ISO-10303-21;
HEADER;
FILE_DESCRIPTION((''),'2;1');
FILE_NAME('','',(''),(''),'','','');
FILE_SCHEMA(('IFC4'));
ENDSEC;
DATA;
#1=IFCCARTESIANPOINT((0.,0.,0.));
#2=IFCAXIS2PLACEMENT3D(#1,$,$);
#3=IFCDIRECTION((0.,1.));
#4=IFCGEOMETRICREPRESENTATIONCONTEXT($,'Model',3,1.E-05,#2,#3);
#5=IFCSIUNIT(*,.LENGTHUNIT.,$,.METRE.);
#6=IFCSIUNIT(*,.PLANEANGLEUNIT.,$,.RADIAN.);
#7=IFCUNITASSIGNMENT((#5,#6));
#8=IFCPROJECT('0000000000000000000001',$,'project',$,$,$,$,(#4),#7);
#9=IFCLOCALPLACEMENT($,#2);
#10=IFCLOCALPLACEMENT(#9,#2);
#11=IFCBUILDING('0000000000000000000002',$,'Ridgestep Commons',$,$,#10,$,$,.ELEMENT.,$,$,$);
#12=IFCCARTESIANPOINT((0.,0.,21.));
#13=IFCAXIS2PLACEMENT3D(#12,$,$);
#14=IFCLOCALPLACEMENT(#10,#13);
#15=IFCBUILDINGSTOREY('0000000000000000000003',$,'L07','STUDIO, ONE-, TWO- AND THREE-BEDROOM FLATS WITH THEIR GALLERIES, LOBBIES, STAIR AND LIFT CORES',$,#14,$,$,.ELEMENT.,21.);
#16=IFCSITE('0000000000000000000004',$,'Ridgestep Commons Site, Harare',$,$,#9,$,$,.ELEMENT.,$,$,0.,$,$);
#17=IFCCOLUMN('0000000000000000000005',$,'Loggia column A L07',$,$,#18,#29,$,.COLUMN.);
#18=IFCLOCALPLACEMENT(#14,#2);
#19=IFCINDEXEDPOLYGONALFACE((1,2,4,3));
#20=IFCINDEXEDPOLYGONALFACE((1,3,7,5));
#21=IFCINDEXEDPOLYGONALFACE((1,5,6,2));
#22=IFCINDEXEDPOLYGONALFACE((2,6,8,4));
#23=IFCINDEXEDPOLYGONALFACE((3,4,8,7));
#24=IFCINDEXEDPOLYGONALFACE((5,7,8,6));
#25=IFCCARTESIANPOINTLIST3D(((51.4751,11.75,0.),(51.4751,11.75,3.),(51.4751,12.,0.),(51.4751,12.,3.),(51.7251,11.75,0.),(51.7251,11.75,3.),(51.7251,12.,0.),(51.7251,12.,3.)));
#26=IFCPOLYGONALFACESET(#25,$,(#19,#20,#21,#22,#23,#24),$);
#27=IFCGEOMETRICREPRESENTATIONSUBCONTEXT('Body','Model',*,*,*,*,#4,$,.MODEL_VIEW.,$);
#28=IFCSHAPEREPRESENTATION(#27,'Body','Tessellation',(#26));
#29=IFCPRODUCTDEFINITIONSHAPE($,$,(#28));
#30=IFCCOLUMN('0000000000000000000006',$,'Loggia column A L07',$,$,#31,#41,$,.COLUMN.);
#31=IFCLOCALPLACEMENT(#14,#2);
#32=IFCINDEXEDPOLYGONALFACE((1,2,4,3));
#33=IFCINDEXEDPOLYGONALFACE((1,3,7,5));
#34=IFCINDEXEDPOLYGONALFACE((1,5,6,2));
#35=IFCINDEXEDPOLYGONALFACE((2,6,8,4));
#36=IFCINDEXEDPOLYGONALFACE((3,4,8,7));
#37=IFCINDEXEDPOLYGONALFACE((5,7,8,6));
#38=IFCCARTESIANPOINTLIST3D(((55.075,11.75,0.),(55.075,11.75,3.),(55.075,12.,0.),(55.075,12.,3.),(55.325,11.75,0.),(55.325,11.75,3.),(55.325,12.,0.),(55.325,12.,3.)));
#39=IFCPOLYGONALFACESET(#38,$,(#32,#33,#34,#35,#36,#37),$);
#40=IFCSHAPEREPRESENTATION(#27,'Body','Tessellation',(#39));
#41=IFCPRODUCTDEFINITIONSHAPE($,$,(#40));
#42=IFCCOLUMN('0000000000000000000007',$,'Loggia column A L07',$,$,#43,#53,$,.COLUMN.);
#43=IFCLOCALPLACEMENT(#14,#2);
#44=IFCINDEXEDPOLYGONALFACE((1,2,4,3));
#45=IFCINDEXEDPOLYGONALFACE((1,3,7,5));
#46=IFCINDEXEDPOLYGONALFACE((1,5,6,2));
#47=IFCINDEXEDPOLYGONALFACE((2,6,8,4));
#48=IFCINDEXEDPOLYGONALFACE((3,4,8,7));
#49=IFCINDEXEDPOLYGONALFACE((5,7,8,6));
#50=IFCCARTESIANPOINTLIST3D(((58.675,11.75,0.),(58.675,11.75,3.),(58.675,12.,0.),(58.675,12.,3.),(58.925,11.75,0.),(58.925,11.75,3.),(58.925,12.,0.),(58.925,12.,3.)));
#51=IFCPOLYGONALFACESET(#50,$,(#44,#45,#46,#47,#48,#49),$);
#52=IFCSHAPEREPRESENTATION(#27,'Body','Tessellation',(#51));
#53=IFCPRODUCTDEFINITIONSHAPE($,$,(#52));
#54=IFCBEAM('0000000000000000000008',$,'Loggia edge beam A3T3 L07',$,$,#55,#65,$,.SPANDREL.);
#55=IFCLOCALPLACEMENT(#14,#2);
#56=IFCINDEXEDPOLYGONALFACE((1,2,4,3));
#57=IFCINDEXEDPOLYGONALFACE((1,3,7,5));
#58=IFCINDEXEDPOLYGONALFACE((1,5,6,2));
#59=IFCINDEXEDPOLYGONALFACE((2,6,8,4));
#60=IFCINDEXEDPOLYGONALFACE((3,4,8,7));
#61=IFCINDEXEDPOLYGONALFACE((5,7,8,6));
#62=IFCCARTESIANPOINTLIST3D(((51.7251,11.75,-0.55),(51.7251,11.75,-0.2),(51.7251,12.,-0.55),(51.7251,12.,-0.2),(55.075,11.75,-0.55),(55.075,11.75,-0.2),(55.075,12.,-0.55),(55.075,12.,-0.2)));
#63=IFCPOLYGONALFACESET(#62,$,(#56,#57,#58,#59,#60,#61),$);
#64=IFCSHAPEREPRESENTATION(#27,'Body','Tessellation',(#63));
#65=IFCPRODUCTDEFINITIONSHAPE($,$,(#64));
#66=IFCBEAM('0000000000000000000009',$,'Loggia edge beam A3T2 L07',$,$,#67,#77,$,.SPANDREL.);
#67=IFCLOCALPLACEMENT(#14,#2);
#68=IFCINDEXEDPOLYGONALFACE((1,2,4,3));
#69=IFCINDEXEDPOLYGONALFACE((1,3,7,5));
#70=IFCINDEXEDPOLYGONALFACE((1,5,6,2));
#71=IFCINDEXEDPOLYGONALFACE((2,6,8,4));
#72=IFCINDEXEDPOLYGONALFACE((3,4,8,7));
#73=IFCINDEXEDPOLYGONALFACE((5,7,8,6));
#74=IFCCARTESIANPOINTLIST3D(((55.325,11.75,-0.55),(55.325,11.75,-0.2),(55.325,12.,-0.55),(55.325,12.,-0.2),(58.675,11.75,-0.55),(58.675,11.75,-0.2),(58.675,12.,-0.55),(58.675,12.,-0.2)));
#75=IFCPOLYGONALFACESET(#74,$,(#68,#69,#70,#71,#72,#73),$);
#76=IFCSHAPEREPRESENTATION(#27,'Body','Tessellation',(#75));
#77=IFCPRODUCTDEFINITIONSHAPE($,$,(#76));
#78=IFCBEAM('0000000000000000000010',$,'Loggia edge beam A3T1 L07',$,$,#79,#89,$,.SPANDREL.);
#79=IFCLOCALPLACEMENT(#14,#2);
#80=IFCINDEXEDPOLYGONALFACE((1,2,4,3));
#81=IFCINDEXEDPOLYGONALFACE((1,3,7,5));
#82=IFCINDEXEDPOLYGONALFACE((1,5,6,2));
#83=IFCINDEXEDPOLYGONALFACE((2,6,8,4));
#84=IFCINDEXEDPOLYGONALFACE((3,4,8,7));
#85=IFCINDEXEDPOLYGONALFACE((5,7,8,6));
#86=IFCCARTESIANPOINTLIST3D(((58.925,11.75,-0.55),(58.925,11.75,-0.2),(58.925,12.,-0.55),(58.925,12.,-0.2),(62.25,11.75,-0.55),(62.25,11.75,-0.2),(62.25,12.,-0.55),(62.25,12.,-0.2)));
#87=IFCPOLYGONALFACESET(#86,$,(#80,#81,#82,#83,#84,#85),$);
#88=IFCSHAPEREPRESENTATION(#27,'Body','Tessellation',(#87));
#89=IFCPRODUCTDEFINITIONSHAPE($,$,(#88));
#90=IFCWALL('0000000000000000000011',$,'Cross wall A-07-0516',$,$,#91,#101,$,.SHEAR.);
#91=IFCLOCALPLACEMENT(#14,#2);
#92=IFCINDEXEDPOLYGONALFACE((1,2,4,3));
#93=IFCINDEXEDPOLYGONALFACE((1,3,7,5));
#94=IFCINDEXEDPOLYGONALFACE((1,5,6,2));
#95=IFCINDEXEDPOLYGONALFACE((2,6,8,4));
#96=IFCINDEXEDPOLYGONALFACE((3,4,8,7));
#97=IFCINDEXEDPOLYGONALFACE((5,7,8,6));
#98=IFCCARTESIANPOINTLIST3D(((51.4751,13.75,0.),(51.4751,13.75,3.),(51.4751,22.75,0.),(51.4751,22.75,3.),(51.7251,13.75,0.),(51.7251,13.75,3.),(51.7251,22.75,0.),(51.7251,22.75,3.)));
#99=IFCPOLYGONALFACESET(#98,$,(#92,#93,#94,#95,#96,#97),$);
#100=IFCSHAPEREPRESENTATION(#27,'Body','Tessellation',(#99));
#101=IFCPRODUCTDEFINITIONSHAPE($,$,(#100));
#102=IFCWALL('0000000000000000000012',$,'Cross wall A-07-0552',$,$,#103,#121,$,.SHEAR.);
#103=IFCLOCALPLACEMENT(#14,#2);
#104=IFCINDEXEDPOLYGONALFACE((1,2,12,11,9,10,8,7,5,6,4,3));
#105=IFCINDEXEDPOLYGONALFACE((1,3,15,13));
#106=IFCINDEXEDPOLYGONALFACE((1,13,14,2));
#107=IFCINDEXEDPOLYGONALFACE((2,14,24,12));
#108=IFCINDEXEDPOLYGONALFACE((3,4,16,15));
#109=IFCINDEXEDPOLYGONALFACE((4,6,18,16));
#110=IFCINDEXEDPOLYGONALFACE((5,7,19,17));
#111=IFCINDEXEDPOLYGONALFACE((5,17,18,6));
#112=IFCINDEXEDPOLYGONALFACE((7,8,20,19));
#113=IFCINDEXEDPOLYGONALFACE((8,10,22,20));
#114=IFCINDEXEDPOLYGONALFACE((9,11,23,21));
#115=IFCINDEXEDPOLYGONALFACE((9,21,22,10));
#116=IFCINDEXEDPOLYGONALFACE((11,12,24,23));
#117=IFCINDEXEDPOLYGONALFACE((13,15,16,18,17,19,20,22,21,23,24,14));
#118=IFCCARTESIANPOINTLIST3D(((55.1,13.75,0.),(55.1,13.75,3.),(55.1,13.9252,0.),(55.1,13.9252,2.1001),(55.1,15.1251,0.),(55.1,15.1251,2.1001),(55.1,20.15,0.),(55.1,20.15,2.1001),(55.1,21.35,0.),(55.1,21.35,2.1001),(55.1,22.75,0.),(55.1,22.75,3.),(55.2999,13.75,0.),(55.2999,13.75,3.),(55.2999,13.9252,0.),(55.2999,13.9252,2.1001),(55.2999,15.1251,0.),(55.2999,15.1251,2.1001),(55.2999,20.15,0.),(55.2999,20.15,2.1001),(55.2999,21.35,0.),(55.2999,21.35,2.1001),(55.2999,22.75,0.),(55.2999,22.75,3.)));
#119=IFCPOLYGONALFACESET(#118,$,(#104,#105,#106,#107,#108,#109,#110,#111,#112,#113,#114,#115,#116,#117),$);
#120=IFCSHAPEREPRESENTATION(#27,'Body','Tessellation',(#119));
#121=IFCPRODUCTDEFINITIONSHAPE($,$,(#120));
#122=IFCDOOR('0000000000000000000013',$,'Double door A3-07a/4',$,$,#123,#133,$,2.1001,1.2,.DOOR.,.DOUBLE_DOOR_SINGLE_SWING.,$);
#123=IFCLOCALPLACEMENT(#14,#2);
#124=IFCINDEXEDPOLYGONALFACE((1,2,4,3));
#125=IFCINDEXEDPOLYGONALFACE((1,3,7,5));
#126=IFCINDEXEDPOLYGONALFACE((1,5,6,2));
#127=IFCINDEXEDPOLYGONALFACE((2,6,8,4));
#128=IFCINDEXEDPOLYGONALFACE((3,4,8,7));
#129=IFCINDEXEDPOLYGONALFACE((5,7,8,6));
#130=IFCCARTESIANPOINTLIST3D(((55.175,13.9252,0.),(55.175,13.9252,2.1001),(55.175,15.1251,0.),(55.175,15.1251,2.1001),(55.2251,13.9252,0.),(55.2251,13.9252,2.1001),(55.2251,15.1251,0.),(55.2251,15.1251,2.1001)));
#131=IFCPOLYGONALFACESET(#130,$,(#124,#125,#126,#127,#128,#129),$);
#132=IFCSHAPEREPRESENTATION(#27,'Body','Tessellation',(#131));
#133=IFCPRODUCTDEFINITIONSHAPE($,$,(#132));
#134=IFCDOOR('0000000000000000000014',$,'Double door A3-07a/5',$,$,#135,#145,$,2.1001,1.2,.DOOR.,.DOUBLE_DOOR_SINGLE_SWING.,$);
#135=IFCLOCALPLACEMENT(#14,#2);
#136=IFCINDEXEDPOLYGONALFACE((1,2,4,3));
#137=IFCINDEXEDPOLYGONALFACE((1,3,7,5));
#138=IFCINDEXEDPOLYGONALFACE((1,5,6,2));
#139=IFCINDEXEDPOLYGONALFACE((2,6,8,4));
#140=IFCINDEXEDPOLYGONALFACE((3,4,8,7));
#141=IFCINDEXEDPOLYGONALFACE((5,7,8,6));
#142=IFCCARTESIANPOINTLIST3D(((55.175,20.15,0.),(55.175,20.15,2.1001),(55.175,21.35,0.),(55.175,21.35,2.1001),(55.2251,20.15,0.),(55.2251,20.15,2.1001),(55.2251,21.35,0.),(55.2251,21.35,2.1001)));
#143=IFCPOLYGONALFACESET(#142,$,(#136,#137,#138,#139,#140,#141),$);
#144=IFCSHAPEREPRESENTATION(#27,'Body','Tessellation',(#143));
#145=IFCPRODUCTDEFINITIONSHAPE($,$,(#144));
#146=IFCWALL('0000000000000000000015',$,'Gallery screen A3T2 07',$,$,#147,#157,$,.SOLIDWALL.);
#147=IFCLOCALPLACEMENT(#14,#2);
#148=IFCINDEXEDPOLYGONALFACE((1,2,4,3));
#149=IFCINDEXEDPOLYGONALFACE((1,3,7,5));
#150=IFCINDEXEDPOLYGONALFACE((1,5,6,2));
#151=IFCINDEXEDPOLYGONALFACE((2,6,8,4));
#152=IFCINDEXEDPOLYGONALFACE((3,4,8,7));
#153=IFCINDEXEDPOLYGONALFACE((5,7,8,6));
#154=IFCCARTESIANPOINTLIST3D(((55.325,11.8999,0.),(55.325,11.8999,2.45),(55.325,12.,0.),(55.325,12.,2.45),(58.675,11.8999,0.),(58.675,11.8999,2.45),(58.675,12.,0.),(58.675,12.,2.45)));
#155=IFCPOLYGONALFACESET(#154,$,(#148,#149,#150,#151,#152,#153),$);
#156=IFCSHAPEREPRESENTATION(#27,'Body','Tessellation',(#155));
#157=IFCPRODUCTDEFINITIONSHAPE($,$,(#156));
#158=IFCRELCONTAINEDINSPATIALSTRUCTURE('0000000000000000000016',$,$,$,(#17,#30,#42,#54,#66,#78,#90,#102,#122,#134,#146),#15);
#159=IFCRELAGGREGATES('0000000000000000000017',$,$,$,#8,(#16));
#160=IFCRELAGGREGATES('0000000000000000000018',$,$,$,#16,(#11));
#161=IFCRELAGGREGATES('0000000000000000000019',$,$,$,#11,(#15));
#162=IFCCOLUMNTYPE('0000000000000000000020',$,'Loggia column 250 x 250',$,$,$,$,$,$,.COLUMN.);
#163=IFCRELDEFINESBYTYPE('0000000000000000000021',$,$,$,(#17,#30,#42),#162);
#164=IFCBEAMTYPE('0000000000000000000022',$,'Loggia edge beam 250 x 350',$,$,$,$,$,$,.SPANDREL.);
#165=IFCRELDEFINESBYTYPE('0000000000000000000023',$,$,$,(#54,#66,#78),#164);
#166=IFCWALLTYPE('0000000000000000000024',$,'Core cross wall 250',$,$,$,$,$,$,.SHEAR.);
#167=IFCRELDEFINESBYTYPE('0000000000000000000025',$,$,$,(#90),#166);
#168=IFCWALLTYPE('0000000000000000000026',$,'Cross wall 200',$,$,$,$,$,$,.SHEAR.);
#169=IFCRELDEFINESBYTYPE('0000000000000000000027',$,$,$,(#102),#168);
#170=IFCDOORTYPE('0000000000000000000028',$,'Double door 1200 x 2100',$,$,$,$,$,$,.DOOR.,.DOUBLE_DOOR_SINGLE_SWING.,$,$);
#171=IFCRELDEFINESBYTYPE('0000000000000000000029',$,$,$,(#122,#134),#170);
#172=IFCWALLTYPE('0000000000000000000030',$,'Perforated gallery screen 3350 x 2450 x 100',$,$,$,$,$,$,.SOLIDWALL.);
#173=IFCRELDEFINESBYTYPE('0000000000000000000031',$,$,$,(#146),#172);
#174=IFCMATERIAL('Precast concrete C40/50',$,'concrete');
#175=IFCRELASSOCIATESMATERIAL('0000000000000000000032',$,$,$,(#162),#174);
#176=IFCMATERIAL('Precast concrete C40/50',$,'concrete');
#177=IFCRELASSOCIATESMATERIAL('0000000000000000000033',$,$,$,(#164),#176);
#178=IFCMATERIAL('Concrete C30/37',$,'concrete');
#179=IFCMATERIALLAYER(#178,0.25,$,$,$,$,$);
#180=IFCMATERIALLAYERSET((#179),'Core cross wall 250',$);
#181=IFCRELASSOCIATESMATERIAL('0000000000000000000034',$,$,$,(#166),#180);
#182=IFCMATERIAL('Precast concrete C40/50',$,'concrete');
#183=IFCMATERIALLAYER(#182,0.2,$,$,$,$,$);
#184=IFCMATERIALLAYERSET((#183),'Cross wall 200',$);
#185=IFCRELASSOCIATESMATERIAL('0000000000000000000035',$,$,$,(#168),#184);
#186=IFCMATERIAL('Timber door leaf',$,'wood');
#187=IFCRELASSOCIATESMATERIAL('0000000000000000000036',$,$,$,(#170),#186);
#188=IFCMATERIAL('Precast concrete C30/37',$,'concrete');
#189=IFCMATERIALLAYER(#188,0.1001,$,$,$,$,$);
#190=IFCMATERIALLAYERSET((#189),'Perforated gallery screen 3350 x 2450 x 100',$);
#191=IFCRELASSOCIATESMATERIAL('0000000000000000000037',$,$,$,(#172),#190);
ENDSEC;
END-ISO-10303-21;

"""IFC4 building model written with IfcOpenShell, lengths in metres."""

from ifc_helpers import new_model, si_unit, direction, frame, frame_2d, origin, origin_2d, place, context, subcontext, project, spatial, rectangle, extrude, material, layer, layer_set, material_profile, profile_set, type_object, element, fill, save


model = new_model("IFC4")

# Units and contexts
model_context = context("Model", 3, precision=1e-05, world=origin(), true_north=direction((0.0, 1.0)))
body_context = subcontext(model_context, "Body", "Model", "MODEL_VIEW")
ifc_project = project(units=[si_unit("LENGTHUNIT", "METRE"), si_unit("PLANEANGLEUNIT", "RADIAN")], contexts=[model_context])

# Site, building, storey
site_placement = place(None, origin())
site = spatial("IfcSite", under=ifc_project, at=site_placement, Name="Ridgestep Commons Site, Harare", CompositionType="ELEMENT", RefElevation=0.0)
building_placement = place(site_placement, origin())
building = spatial("IfcBuilding", under=site, at=building_placement, Name="Ridgestep Commons", CompositionType="ELEMENT")
storey_placement = place(building_placement, frame((0.0, 0.0, 21.0)))
storey = spatial("IfcBuildingStorey", under=building, at=storey_placement, Name="L07", Description="STUDIO, ONE-, TWO- AND THREE-BEDROOM FLATS WITH THEIR GALLERIES, LOBBIES, STAIR AND LIFT CORES", CompositionType="ELEMENT", Elevation=21.0)

# Columns
ifc_material_1 = material(Name="Precast concrete C40/50", Category="concrete")
ifc_material_profile_1 = material_profile(ifc_material_1, rectangle(XDim=0.25, YDim=0.25, at=origin_2d()), Name="PC 250x250")
ifc_profile_set_1 = profile_set([ifc_material_profile_1], Name="Precast concrete C40/50")
column_type = type_object("IfcColumnType", Name="Loggia column 250 x 250", PredefinedType="COLUMN", material=ifc_profile_set_1)
for number, where, z_axis, x_axis, name in (
    (1, (51.6001, 11.875, 0.0), (0.0, 0.0, 1.0), (1.0, 0.0, 0.0), "Loggia column A L07"),
    (2, (55.2, 11.875, 0.0), (0.0, 0.0, 1.0), (1.0, 0.0, 0.0), "Loggia column A L07"),
    (3, (58.8, 11.875, 0.0), (0.0, 0.0, 1.0), (1.0, 0.0, 0.0), "Loggia column A L07"),
):
    element("IfcColumn", number, at=place(storey_placement, frame(where, z_axis=z_axis, x_axis=x_axis)), inside=storey, type_object=column_type, Name=name, PredefinedType="COLUMN", context=body_context, shape_type="SweptSolid", body=[
        extrude(rectangle(XDim=0.25, YDim=0.25, at=origin_2d()), origin(), (0.0, 0.0, 1.0), 3.0),
    ])

# Beams
ifc_material_2 = material(Name="Precast concrete C40/50", Category="concrete")
ifc_material_profile_2 = material_profile(ifc_material_2, rectangle(XDim=0.25, YDim=0.3501, at=origin_2d()), Name="PC 250x350")
ifc_profile_set_2 = profile_set([ifc_material_profile_2], Name="Precast concrete C40/50")
beam_type = type_object("IfcBeamType", Name="Loggia edge beam 250 x 350", PredefinedType="SPANDREL", material=ifc_profile_set_2)
beam_1_placement = place(storey_placement, frame((51.7251, 11.875, -0.375), z_axis=(1.0, 0.0, 0.0), x_axis=(0.0, 1.0, 0.0)))
element("IfcBeam", 4, at=beam_1_placement, inside=storey, type_object=beam_type, Name="Loggia edge beam A3T3 L07", PredefinedType="SPANDREL", context=body_context, shape_type="SweptSolid", body=[
    extrude(rectangle(XDim=0.25, YDim=0.3501, at=origin_2d()), origin(), (0.0, 0.0, 1.0), 3.3499),
])
beam_2_placement = place(storey_placement, frame((55.325, 11.875, -0.375), z_axis=(1.0, 0.0, 0.0), x_axis=(0.0, 1.0, 0.0)))
element("IfcBeam", 5, at=beam_2_placement, inside=storey, type_object=beam_type, Name="Loggia edge beam A3T2 L07", PredefinedType="SPANDREL", context=body_context, shape_type="SweptSolid", body=[
    extrude(rectangle(XDim=0.25, YDim=0.3501, at=origin_2d()), origin(), (0.0, 0.0, 1.0), 3.3501),
])
beam_3_placement = place(storey_placement, frame((58.925, 11.875, -0.375), z_axis=(1.0, 0.0, 0.0), x_axis=(0.0, 1.0, 0.0)))
element("IfcBeam", 6, at=beam_3_placement, inside=storey, type_object=beam_type, Name="Loggia edge beam A3T1 L07", PredefinedType="SPANDREL", context=body_context, shape_type="SweptSolid", body=[
    extrude(rectangle(XDim=0.25, YDim=0.3501, at=origin_2d()), origin(), (0.0, 0.0, 1.0), 3.325),
])

# Wall
ifc_material_3 = material(Name="Concrete C30/37", Category="concrete")
ifc_layer_1 = layer(ifc_material_3, 0.25)
ifc_layer_set_1 = layer_set([ifc_layer_1], Name="Core cross wall 250")
wall_type_1 = type_object("IfcWallType", Name="Core cross wall 250", PredefinedType="SHEAR", material=ifc_layer_set_1)
wall_1_placement = place(storey_placement, frame((51.6001, 13.75, 0.0), z_axis=(0.0, 0.0, 1.0), x_axis=(0.0, 1.0, 0.0)))
element("IfcWall", 7, at=wall_1_placement, inside=storey, type_object=wall_type_1, Name="Cross wall A-07-0516", PredefinedType="SHEAR", context=body_context, shape_type="SweptSolid", body=[
    extrude(rectangle(XDim=9.0, YDim=0.25, at=frame_2d((4.5, 0.0))), origin(), (0.0, 0.0, 1.0), 3.0),
])

# Wall, openings, doors
ifc_material_4 = material(Name="Precast concrete C40/50", Category="concrete")
ifc_layer_2 = layer(ifc_material_4, 0.2)
ifc_layer_set_2 = layer_set([ifc_layer_2], Name="Cross wall 200")
wall_type_2 = type_object("IfcWallType", Name="Cross wall 200", PredefinedType="SHEAR", material=ifc_layer_set_2)
wall_2_placement = place(storey_placement, frame((55.2, 13.75, 0.0), z_axis=(0.0, 0.0, 1.0), x_axis=(0.0, 1.0, 0.0)))
wall_2 = element("IfcWall", 8, at=wall_2_placement, inside=storey, type_object=wall_type_2, Name="Cross wall A-07-0552", PredefinedType="SHEAR", context=body_context, shape_type="SweptSolid", body=[
    extrude(rectangle(XDim=9.0, YDim=0.2, at=frame_2d((4.5, 0.0))), origin(), (0.0, 0.0, 1.0), 3.0),
])
opening_1_placement = place(wall_2_placement, frame((0.175, 0.0, 0.0)))
opening_1 = element("IfcOpeningElement", 9, at=opening_1_placement, cuts=wall_2, PredefinedType="OPENING", context=body_context, shape_type="SweptSolid", body=[
    extrude(rectangle(XDim=1.2, YDim=2.1001, at=frame_2d((0.6001, 1.05))), frame((0.0, 0.1099, 0.0), z_axis=(0.0, -1.0, 0.0), x_axis=(1.0, 0.0, 0.0)), (0.0, 0.0, 1.0), 0.22),
])
opening_2_placement = place(wall_2_placement, frame((6.3999, 0.0, 0.0)))
opening_2 = element("IfcOpeningElement", 10, at=opening_2_placement, cuts=wall_2, PredefinedType="OPENING", context=body_context, shape_type="SweptSolid", body=[
    extrude(rectangle(XDim=1.2, YDim=2.1001, at=frame_2d((0.6001, 1.05))), frame((0.0, 0.1099, 0.0), z_axis=(0.0, -1.0, 0.0), x_axis=(1.0, 0.0, 0.0)), (0.0, 0.0, 1.0), 0.22),
])
ifc_material_5 = material(Name="Timber door leaf", Category="wood")
door_type_1 = type_object("IfcDoorType", Name="Double door 1200 x 2100", OperationType="DOUBLE_DOOR_SINGLE_SWING", PredefinedType="DOOR", material=ifc_material_5)
door_1_placement = place(opening_1_placement, origin())
door_1 = element("IfcDoor", 11, at=door_1_placement, inside=storey, type_object=door_type_1, Name="Double door A3-07a/4", OperationType="DOUBLE_DOOR_SINGLE_SWING", OverallHeight=2.1001, OverallWidth=1.2, PredefinedType="DOOR", context=body_context, shape_type="SweptSolid", body=[
    extrude(rectangle(XDim=1.2, YDim=2.1001, at=frame_2d((0.6001, 1.05))), frame((0.0, 0.0249, 0.0), z_axis=(0.0, -1.0, 0.0), x_axis=(1.0, 0.0, 0.0)), (0.0, 0.0, 1.0), 0.05),
])
fill(opening_1, door_1)
door_2_placement = place(opening_2_placement, origin())
door_2 = element("IfcDoor", 12, at=door_2_placement, inside=storey, type_object=door_type_1, Name="Double door A3-07a/5", OperationType="DOUBLE_DOOR_SINGLE_SWING", OverallHeight=2.1001, OverallWidth=1.2, PredefinedType="DOOR", context=body_context, shape_type="SweptSolid", body=[
    extrude(rectangle(XDim=1.2, YDim=2.1001, at=frame_2d((0.6001, 1.05))), frame((0.0, 0.0249, 0.0), z_axis=(0.0, -1.0, 0.0), x_axis=(1.0, 0.0, 0.0)), (0.0, 0.0, 1.0), 0.05),
])
fill(opening_2, door_2)

# Wall
ifc_material_6 = material(Name="Precast concrete C30/37", Category="concrete")
ifc_layer_3 = layer(ifc_material_6, 0.1001)
ifc_layer_set_3 = layer_set([ifc_layer_3], Name="Perforated gallery screen 3350 x 2450 x 100")
wall_type_3 = type_object("IfcWallType", Name="Perforated gallery screen 3350 x 2450 x 100", PredefinedType="SOLIDWALL", material=ifc_layer_set_3)
wall_3_placement = place(storey_placement, frame((55.325, 11.95, 0.0), z_axis=(0.0, 0.0, 1.0), x_axis=(1.0, 0.0, 0.0)))
element("IfcWall", 13, at=wall_3_placement, inside=storey, type_object=wall_type_3, Name="Gallery screen A3T2 07", PredefinedType="SOLIDWALL", context=body_context, shape_type="SweptSolid", body=[
    extrude(rectangle(XDim=3.3501, YDim=0.1001, at=frame_2d((1.675, 0.0))), origin(), (0.0, 0.0, 1.0), 2.45),
])

save(model, "model.ifc")
